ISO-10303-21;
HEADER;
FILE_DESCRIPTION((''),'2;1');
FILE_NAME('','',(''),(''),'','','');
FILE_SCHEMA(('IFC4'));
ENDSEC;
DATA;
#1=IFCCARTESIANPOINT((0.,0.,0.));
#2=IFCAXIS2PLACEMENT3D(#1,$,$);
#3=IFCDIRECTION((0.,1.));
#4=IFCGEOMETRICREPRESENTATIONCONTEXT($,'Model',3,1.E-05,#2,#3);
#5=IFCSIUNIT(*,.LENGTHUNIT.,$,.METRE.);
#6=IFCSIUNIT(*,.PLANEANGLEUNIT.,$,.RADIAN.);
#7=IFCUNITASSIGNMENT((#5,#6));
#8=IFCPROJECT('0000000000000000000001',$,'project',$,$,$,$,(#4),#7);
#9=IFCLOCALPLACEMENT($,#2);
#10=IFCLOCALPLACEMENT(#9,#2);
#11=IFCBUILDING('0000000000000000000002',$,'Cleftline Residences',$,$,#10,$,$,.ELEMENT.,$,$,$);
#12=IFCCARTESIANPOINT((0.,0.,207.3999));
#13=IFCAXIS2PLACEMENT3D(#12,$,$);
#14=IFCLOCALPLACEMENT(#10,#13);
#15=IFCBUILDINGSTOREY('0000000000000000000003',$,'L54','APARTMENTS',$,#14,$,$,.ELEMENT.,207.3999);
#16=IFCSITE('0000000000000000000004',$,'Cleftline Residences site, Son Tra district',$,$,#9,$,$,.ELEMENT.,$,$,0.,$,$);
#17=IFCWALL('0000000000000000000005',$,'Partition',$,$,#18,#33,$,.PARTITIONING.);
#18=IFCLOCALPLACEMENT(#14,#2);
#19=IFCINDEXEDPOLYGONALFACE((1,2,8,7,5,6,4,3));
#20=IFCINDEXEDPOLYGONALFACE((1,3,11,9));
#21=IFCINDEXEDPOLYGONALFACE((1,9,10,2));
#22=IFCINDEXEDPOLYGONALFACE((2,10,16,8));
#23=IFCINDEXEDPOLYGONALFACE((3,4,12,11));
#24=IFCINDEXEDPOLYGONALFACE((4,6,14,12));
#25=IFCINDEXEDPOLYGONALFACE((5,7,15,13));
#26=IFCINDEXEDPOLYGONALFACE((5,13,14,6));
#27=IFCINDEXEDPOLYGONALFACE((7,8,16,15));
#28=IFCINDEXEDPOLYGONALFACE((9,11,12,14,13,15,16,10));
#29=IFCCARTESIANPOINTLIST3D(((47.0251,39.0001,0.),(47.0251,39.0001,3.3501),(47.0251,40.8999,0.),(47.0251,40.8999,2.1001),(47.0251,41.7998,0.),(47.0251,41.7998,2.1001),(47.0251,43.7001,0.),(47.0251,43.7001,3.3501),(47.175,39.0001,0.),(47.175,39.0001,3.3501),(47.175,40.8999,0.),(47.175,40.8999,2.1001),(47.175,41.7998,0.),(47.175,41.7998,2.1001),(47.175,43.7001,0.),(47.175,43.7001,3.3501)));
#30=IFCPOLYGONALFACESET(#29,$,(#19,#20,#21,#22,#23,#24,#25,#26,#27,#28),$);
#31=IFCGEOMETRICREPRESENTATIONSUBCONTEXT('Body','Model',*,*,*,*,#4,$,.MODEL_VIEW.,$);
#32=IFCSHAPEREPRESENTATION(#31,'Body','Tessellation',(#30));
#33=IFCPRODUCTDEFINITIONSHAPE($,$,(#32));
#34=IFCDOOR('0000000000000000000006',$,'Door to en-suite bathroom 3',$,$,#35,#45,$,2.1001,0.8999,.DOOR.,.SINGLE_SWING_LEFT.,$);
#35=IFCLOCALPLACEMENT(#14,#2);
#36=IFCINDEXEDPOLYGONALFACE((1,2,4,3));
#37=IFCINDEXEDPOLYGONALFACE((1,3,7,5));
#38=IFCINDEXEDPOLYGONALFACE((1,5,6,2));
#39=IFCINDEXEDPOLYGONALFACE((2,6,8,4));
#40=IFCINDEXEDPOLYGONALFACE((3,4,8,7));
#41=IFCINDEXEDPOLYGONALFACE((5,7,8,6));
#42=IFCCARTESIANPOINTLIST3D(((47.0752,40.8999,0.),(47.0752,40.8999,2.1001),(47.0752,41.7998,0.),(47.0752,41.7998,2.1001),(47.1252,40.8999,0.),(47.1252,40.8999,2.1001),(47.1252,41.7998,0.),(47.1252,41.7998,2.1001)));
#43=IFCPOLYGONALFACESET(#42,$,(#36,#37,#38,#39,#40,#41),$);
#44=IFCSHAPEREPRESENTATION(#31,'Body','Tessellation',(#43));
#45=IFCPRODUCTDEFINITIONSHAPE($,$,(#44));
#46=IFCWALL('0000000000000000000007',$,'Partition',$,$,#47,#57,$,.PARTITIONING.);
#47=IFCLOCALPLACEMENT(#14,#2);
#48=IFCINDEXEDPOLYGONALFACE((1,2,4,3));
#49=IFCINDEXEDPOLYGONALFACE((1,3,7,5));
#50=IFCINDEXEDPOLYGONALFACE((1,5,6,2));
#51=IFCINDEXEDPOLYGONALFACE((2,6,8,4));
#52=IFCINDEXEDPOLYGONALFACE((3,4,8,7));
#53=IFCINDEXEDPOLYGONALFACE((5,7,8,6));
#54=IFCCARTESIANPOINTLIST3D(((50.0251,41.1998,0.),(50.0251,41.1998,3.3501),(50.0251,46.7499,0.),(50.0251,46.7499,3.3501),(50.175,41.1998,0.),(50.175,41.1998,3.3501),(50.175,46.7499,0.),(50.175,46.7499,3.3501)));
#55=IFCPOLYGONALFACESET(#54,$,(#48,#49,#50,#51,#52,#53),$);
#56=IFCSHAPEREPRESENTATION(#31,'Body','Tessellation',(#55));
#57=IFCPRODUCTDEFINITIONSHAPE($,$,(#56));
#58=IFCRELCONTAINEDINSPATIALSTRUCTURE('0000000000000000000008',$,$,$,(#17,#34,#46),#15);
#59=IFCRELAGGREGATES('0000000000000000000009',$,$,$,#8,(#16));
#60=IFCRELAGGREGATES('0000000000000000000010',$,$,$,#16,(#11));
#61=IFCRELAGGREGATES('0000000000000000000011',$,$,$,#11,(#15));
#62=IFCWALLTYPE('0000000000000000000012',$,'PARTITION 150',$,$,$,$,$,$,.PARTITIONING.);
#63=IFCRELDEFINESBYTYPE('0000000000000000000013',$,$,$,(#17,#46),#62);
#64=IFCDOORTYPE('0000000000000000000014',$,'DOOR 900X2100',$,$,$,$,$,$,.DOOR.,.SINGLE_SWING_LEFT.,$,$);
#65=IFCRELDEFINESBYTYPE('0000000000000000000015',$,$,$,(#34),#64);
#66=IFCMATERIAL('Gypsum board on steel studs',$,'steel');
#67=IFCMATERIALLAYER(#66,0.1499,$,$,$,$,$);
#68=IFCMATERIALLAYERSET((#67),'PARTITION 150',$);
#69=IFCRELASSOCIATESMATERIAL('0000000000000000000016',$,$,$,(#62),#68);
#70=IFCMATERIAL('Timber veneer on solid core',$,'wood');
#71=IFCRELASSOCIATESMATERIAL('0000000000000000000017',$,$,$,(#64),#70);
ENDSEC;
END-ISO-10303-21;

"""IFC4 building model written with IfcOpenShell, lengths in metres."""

from ifc_helpers import new_model, si_unit, direction, frame, frame_2d, origin, place, context, subcontext, project, spatial, rectangle, extrude, material, layer, layer_set, type_object, element, fill, save


model = new_model("IFC4")

# Units and contexts
model_context = context("Model", 3, precision=1e-05, world=origin(), true_north=direction((0.0, 1.0)))
body_context = subcontext(model_context, "Body", "Model", "MODEL_VIEW")
ifc_project = project(units=[si_unit("LENGTHUNIT", "METRE"), si_unit("PLANEANGLEUNIT", "RADIAN")], contexts=[model_context])

# Site, building, storey
site_placement = place(None, origin())
site = spatial("IfcSite", under=ifc_project, at=site_placement, Name="Cleftline Residences site, Son Tra district", CompositionType="ELEMENT", RefElevation=0.0)
building_placement = place(site_placement, origin())
building = spatial("IfcBuilding", under=site, at=building_placement, Name="Cleftline Residences", CompositionType="ELEMENT")
storey_placement = place(building_placement, frame((0.0, 0.0, 207.3999)))
storey = spatial("IfcBuildingStorey", under=building, at=storey_placement, Name="L54", Description="APARTMENTS", CompositionType="ELEMENT", Elevation=207.3999)

# Shared definitions
ifc_material_1 = material(Name="Gypsum board on steel studs", Category="steel")
ifc_layer_1 = layer(ifc_material_1, 0.1499)
ifc_layer_set_1 = layer_set([ifc_layer_1], Name="PARTITION 150")
wall_type = type_object("IfcWallType", Name="PARTITION 150", PredefinedType="PARTITIONING", material=ifc_layer_set_1)
ifc_material_2 = material(Name="Timber veneer on solid core", Category="wood")
door_type_1 = type_object("IfcDoorType", Name="DOOR 900X2100", OperationType="SINGLE_SWING_LEFT", PredefinedType="DOOR", material=ifc_material_2)

# Wall, opening, door
wall_1_placement = place(storey_placement, frame((47.1001, 39.0, 0.0), z_axis=(0.0, 0.0, 1.0), x_axis=(0.0, 1.0, 0.0)))
wall_1 = element("IfcWall", 1, at=wall_1_placement, inside=storey, type_object=wall_type, Name="Partition", PredefinedType="PARTITIONING", context=body_context, shape_type="SweptSolid", body=[
    extrude(rectangle(XDim=4.7, YDim=0.1499, at=frame_2d((2.3501, 0.0))), origin(), (0.0, 0.0, 1.0), 3.3501),
])
opening_1_placement = place(wall_1_placement, frame((1.8999, 0.0, 0.0)))
opening_1 = element("IfcOpeningElement", 2, at=opening_1_placement, cuts=wall_1, PredefinedType="OPENING", context=body_context, shape_type="SweptSolid", body=[
    extrude(rectangle(XDim=0.8999, YDim=2.1001, at=frame_2d((0.45, 1.05))), frame((0.0, 0.085, 0.0), z_axis=(0.0, -1.0, 0.0), x_axis=(1.0, 0.0, 0.0)), (0.0, 0.0, 1.0), 0.1699),
])
door_1_placement = place(opening_1_placement, origin())
door_1 = element("IfcDoor", 3, at=door_1_placement, inside=storey, type_object=door_type_1, Name="Door to en-suite bathroom 3", OperationType="SINGLE_SWING_LEFT", OverallHeight=2.1001, OverallWidth=0.8999, PredefinedType="DOOR", context=body_context, shape_type="SweptSolid", body=[
    extrude(rectangle(XDim=0.8999, YDim=2.1001, at=frame_2d((0.45, 1.05))), frame((0.0, 0.0249, 0.0), z_axis=(0.0, -1.0, 0.0), x_axis=(1.0, 0.0, 0.0)), (0.0, 0.0, 1.0), 0.05),
])
fill(opening_1, door_1)

# Wall
wall_2_placement = place(storey_placement, frame((50.1001, 41.2, 0.0), z_axis=(0.0, 0.0, 1.0), x_axis=(0.0, 1.0, 0.0)))
element("IfcWall", 4, at=wall_2_placement, inside=storey, type_object=wall_type, Name="Partition", PredefinedType="PARTITIONING", context=body_context, shape_type="SweptSolid", body=[
    extrude(rectangle(XDim=5.55, YDim=0.1499, at=frame_2d((2.7749, 0.0))), origin(), (0.0, 0.0, 1.0), 3.3501),
])

save(model, "model.ifc")
